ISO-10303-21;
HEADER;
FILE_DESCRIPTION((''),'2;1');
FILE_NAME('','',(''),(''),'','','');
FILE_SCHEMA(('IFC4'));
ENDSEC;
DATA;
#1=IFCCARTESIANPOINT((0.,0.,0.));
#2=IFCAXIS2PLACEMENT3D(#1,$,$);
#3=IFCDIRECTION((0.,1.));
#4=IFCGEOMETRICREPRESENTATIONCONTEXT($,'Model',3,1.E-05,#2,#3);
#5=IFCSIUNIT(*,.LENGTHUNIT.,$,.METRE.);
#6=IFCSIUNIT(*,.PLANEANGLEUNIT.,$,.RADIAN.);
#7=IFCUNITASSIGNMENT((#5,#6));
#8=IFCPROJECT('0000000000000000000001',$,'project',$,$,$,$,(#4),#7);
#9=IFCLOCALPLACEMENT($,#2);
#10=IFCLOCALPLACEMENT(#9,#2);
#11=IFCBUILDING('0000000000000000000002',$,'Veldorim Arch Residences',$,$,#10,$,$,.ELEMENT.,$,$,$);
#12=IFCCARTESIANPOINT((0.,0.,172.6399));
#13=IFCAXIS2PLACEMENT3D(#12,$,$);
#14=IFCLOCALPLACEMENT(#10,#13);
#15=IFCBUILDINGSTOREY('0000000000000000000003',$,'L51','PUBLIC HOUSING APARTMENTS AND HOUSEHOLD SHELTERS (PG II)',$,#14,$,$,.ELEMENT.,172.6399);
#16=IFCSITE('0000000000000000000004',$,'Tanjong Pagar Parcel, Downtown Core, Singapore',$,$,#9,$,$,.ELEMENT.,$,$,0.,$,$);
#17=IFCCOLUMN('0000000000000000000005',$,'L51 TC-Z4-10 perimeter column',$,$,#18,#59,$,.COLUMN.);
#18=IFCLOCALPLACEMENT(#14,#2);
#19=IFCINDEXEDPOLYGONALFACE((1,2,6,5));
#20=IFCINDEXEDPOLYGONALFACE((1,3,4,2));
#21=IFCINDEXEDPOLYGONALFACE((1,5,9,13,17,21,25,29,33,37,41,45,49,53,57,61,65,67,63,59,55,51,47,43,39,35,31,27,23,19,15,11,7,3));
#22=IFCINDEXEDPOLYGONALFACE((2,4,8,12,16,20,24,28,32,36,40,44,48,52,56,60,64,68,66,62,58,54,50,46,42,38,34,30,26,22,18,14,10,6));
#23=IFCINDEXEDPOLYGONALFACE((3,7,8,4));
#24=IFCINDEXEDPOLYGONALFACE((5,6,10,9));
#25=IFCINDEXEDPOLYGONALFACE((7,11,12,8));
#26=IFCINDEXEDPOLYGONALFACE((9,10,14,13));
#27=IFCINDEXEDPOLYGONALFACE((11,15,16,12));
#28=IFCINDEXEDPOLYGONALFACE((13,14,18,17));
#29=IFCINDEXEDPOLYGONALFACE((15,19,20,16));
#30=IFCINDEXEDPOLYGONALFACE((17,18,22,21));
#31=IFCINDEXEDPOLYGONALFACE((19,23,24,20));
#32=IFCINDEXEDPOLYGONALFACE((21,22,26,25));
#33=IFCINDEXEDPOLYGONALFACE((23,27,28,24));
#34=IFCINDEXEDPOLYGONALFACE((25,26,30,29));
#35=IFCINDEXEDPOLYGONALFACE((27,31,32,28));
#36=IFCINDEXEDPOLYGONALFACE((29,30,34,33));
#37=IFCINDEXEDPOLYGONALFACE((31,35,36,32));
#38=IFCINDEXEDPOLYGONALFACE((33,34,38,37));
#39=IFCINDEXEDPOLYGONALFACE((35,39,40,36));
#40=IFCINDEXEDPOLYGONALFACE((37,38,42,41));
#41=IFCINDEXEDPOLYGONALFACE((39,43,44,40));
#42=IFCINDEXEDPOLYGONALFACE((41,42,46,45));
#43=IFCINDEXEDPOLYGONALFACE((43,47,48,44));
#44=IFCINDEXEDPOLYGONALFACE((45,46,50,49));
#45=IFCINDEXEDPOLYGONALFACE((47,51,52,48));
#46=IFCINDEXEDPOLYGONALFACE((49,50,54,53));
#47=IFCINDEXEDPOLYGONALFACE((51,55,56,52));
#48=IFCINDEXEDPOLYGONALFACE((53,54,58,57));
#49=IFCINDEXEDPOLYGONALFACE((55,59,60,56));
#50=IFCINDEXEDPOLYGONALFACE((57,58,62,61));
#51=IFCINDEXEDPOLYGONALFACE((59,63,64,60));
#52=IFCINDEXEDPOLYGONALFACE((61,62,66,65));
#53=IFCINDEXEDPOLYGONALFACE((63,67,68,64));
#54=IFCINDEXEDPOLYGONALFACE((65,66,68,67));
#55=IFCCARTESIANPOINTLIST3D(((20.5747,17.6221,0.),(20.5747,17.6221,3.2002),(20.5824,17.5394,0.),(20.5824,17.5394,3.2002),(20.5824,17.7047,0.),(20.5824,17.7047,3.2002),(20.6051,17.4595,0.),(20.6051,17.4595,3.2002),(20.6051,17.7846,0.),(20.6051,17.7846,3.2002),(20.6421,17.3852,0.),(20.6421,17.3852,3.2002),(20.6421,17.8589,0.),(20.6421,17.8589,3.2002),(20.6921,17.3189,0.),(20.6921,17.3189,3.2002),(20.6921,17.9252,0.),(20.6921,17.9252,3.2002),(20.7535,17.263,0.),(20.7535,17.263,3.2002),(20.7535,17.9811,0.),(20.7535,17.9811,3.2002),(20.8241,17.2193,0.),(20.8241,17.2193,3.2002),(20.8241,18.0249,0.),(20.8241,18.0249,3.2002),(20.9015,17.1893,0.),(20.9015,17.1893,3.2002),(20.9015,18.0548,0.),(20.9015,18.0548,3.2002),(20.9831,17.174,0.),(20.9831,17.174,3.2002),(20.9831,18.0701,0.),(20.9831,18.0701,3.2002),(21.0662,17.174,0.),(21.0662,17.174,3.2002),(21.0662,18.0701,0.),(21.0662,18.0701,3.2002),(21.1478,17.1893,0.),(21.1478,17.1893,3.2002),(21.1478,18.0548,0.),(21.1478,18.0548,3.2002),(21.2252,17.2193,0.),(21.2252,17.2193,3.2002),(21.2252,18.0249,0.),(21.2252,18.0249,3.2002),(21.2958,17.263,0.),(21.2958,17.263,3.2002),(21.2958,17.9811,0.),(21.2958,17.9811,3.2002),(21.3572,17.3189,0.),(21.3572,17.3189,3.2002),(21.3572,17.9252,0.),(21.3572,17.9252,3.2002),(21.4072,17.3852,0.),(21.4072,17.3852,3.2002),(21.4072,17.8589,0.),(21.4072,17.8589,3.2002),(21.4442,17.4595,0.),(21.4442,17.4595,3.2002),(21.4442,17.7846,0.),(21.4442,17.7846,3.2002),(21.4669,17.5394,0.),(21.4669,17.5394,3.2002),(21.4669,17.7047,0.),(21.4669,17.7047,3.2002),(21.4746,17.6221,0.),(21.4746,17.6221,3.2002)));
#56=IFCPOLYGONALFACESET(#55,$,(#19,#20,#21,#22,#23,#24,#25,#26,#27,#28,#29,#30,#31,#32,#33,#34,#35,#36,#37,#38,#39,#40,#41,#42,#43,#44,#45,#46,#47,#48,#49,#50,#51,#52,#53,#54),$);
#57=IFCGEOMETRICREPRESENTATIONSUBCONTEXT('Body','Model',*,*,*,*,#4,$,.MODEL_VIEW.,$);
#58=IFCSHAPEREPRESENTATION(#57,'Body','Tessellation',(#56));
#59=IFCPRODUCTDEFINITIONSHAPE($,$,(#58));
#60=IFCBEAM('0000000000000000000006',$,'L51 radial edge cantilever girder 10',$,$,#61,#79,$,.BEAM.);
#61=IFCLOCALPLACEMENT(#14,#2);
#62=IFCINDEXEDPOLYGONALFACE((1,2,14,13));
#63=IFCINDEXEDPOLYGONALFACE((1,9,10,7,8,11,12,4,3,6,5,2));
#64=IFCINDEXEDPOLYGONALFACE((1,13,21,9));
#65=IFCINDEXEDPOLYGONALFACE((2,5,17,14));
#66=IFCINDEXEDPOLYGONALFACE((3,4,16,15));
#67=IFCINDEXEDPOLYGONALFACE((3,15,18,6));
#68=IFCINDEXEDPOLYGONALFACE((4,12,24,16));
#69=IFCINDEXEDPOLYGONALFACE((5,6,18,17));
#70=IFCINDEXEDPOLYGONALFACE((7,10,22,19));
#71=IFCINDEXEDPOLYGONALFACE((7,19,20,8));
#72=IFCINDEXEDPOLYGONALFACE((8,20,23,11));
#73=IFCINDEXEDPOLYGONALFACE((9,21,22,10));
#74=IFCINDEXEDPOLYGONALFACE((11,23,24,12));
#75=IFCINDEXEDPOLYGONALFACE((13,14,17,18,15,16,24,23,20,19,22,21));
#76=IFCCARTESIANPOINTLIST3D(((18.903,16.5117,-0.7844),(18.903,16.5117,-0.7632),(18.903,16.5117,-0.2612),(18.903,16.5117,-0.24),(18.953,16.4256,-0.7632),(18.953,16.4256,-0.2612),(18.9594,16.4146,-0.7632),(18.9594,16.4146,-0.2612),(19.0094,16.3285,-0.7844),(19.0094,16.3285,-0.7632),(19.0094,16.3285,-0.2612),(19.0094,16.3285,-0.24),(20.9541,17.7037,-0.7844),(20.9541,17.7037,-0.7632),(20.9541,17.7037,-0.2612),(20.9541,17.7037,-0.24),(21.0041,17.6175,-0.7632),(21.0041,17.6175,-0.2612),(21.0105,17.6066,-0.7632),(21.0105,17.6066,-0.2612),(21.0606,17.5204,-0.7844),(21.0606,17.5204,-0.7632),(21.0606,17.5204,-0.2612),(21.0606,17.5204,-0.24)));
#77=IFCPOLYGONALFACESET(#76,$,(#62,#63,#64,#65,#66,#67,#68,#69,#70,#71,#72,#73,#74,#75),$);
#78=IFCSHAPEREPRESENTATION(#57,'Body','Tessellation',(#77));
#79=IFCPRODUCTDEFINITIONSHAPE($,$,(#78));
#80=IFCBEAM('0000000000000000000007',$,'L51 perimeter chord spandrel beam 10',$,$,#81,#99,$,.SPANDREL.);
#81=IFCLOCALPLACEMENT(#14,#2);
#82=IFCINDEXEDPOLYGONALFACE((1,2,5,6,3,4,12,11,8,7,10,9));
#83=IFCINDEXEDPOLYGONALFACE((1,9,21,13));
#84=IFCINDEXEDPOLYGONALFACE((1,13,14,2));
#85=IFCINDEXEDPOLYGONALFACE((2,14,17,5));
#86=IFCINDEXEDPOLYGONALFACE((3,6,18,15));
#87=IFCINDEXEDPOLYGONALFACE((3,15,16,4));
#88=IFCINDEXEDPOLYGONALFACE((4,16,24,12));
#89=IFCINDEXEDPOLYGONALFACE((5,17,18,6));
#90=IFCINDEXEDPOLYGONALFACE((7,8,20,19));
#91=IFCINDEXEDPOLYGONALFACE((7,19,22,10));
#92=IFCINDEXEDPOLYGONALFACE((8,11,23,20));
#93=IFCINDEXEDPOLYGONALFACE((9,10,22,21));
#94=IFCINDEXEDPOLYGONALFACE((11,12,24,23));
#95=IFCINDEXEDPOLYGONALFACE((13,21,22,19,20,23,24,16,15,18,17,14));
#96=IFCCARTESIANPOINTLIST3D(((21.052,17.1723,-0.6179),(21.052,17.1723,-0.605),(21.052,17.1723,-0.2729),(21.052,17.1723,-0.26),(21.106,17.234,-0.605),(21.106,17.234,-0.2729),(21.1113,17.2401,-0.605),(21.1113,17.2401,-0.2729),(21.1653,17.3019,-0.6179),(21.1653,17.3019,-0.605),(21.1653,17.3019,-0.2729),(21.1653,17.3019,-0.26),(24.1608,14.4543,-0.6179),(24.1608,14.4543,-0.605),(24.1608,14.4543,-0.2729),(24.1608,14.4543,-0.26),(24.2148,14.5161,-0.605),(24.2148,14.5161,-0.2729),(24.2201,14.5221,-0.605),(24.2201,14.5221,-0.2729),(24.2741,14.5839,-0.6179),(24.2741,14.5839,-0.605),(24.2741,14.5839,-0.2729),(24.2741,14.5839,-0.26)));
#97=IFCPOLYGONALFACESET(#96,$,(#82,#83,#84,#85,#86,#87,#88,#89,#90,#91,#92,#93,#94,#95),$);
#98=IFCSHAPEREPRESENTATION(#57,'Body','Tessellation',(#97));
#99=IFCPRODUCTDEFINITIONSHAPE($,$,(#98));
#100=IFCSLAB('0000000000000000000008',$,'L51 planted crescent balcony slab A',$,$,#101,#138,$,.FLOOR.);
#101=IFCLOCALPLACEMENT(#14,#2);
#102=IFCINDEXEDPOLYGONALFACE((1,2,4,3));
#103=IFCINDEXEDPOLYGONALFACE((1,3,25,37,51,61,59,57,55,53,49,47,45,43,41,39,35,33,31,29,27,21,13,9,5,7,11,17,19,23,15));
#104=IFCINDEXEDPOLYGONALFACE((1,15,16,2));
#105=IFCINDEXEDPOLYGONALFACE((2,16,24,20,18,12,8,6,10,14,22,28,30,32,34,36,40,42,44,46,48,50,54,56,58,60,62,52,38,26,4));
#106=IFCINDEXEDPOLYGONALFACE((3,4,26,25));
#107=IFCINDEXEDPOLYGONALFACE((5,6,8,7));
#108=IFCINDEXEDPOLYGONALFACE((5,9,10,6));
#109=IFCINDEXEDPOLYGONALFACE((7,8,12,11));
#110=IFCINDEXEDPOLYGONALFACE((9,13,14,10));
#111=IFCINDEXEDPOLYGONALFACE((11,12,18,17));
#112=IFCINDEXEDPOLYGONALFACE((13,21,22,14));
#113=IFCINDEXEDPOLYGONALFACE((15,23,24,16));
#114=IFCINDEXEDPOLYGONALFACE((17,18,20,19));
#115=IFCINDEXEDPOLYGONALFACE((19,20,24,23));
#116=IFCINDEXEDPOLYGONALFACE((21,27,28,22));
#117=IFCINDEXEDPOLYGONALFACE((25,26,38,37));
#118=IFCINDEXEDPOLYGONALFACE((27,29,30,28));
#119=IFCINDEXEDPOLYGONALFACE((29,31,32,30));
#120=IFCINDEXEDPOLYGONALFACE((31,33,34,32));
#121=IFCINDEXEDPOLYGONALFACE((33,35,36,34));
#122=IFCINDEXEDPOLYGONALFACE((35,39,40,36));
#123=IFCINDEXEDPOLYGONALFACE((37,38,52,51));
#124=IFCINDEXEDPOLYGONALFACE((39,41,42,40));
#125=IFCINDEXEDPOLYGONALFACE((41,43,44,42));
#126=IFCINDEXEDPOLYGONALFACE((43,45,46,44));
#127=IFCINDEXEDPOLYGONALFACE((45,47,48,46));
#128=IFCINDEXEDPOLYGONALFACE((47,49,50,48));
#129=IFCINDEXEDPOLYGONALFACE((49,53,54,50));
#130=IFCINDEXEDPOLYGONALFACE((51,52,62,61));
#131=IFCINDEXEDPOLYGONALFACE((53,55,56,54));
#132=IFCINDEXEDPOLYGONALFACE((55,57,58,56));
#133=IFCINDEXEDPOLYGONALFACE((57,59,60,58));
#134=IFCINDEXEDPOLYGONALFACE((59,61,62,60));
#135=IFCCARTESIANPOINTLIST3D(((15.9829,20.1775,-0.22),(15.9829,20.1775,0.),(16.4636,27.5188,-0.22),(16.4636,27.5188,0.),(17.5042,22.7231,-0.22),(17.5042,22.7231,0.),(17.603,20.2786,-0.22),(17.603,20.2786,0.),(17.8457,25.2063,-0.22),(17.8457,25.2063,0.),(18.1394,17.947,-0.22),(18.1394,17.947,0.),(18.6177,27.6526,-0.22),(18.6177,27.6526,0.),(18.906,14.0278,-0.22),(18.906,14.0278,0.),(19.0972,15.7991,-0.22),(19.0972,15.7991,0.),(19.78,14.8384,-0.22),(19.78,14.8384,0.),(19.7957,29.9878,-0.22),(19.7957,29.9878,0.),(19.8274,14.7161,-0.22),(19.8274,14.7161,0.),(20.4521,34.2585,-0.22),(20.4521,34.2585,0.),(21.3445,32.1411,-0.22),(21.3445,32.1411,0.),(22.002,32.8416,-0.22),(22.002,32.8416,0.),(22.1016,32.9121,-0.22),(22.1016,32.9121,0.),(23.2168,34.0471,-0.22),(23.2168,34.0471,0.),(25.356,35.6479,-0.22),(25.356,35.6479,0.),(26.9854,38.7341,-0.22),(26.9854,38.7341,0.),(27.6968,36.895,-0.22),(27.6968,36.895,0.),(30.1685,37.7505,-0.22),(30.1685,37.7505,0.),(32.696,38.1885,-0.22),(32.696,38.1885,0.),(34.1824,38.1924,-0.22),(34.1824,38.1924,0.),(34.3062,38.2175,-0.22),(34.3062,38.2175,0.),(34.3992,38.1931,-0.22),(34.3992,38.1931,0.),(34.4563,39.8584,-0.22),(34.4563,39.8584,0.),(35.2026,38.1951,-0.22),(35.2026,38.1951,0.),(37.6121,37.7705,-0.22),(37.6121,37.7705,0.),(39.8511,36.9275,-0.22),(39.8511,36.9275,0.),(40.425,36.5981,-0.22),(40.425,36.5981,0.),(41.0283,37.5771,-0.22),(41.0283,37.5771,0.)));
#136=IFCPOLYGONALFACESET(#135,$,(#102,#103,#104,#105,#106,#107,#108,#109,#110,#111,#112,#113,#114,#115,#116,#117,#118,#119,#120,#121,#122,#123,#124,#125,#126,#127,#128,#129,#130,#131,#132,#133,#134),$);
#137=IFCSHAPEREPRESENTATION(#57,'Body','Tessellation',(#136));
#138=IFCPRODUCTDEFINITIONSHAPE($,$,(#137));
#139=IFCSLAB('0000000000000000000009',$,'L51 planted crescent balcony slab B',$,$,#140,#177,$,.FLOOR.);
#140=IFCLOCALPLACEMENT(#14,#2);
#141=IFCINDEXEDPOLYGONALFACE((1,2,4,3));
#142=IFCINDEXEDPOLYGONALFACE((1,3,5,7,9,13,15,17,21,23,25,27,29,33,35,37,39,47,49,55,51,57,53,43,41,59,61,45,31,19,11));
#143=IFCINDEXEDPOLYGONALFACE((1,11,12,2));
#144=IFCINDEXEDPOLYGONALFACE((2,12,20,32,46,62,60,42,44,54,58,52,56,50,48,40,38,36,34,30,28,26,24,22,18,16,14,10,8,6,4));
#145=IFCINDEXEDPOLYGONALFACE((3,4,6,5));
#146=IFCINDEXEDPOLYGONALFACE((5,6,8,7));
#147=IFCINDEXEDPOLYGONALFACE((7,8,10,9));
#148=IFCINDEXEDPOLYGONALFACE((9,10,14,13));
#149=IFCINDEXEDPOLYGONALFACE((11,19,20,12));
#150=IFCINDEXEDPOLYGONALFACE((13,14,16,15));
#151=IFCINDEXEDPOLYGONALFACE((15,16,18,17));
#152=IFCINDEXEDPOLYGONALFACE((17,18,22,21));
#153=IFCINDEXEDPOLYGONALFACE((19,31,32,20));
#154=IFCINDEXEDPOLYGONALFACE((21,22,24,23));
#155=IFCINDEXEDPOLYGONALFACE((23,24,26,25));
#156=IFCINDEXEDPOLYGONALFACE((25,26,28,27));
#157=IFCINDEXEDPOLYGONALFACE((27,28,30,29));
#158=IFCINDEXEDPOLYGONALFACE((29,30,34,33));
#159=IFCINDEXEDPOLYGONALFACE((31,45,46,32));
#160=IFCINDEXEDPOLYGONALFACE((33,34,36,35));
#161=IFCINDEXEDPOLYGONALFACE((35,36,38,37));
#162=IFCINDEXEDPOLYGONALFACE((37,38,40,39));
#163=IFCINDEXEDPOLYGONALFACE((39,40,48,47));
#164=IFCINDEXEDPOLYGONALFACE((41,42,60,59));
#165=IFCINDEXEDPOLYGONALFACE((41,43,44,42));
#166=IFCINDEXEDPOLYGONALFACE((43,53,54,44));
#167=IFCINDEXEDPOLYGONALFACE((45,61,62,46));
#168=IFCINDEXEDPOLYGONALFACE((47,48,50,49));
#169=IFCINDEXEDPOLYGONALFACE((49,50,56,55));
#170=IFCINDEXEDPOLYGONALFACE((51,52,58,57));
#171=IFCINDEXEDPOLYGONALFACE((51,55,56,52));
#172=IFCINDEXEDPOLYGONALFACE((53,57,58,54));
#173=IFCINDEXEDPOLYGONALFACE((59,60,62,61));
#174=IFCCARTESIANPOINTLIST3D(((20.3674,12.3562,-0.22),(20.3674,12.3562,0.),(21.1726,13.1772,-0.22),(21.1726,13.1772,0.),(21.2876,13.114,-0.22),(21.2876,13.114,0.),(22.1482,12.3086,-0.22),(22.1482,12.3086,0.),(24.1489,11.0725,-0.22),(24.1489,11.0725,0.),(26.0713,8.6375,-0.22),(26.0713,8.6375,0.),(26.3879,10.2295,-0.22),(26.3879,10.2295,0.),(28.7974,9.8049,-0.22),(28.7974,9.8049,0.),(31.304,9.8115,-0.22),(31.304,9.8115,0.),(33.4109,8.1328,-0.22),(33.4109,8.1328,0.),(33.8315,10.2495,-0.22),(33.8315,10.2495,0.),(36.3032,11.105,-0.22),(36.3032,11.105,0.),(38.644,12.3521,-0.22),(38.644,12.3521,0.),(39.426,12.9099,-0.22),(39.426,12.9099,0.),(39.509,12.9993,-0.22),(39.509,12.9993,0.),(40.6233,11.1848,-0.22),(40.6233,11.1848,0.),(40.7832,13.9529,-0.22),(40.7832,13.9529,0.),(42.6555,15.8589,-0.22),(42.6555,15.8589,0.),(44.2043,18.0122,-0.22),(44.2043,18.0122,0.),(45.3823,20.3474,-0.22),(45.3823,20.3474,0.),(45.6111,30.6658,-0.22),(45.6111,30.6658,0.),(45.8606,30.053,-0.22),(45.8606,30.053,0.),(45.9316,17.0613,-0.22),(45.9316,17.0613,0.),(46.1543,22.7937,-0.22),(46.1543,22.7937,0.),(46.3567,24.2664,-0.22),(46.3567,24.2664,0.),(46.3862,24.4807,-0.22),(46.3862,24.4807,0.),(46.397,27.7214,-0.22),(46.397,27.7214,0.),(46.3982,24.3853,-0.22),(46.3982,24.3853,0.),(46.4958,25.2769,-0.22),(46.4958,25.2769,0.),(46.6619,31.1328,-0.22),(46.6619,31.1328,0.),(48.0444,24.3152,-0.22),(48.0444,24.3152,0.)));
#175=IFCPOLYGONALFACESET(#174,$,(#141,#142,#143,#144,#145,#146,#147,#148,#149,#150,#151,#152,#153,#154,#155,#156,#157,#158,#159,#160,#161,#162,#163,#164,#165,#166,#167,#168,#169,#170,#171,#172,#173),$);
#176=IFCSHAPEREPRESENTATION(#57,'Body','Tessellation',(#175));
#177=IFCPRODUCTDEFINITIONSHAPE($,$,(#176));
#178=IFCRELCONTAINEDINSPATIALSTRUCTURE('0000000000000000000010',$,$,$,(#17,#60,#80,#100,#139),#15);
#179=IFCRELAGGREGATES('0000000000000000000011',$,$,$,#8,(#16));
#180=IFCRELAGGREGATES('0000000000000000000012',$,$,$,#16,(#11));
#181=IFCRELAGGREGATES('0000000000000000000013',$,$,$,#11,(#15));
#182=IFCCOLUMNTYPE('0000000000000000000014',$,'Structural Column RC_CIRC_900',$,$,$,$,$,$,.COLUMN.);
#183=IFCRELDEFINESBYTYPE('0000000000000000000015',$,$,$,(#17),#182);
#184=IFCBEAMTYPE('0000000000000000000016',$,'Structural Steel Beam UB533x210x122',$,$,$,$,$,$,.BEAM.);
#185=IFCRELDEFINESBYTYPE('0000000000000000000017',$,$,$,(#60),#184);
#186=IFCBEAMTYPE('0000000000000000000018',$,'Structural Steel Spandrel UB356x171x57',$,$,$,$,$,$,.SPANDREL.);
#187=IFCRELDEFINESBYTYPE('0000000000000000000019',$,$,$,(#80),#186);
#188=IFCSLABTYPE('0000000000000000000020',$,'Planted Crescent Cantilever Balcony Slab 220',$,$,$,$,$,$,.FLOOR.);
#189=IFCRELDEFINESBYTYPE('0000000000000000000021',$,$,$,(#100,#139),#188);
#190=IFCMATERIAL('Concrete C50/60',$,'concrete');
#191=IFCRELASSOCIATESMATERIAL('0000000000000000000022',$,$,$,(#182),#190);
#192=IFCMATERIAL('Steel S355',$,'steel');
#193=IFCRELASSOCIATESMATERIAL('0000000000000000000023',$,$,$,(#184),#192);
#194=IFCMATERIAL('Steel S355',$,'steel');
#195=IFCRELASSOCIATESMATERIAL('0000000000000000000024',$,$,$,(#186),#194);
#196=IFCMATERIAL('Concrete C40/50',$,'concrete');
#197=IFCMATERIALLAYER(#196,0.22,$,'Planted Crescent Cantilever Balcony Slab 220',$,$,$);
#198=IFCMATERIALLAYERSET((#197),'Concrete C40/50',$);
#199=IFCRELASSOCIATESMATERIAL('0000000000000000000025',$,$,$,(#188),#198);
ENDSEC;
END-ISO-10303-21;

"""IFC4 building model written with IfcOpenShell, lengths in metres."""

from ifc_helpers import new_model, si_unit, direction, frame, origin, origin_2d, place, context, subcontext, project, spatial, polyline, circle, i_section, outline, extrude, material, layer, layer_set, material_profile, profile_set, type_object, element, save


model = new_model("IFC4")

# Units and contexts
model_context = context("Model", 3, precision=1e-05, world=origin(), true_north=direction((0.0, 1.0)))
body_context = subcontext(model_context, "Body", "Model", "MODEL_VIEW")
ifc_project = project(units=[si_unit("LENGTHUNIT", "METRE"), si_unit("PLANEANGLEUNIT", "RADIAN")], contexts=[model_context])

# Site, building, storey
site_placement = place(None, origin())
site = spatial("IfcSite", under=ifc_project, at=site_placement, Name="Tanjong Pagar Parcel, Downtown Core, Singapore", CompositionType="ELEMENT", RefElevation=0.0)
building_placement = place(site_placement, origin())
building = spatial("IfcBuilding", under=site, at=building_placement, Name="Veldorim Arch Residences", CompositionType="ELEMENT")
storey_placement = place(building_placement, frame((0.0, 0.0, 172.6399)))
storey = spatial("IfcBuildingStorey", under=building, at=storey_placement, Name="L51", Description="PUBLIC HOUSING APARTMENTS AND HOUSEHOLD SHELTERS (PG II)", CompositionType="ELEMENT", Elevation=172.6399)

# Column
ifc_material_1 = material(Name="Concrete C50/60", Category="concrete")
ifc_material_profile_1 = material_profile(ifc_material_1, circle(Radius=0.45, at=origin_2d()), Name="RC_CIRC_900")
ifc_profile_set_1 = profile_set([ifc_material_profile_1], Name="Concrete C50/60")
column_type = type_object("IfcColumnType", Name="Structural Column RC_CIRC_900", PredefinedType="COLUMN", material=ifc_profile_set_1)
column_placement = place(storey_placement, frame((21.0247, 17.6221, 0.0), z_axis=(0.0, 0.0, 1.0), x_axis=(1.0, 0.0, 0.0)))
element("IfcColumn", 1, at=column_placement, inside=storey, type_object=column_type, Name="L51 TC-Z4-10 perimeter column", PredefinedType="COLUMN", context=body_context, shape_type="SweptSolid", body=[
    extrude(circle(Radius=0.45, at=origin_2d()), origin(), (0.0, 0.0, 1.0), 3.2002),
])

# Beams
ifc_material_2 = material(Name="Steel S355", Category="steel")
ifc_material_profile_2 = material_profile(ifc_material_2, i_section(OverallWidth=0.2119, OverallDepth=0.5444, WebThickness=0.0127, FlangeThickness=0.0212, at=origin_2d()), Name="UB533x210x122")
ifc_profile_set_2 = profile_set([ifc_material_profile_2], Name="Steel S355")
beam_type_1 = type_object("IfcBeamType", Name="Structural Steel Beam UB533x210x122", PredefinedType="BEAM", material=ifc_profile_set_2)
beam_1_placement = place(storey_placement, frame((21.0073, 17.6121, -0.5122), z_axis=(-0.86461, -0.502443, 0.0), x_axis=(0.502443, -0.86461, 0.0)))
element("IfcBeam", 2, at=beam_1_placement, inside=storey, type_object=beam_type_1, Name="L51 radial edge cantilever girder 10", PredefinedType="BEAM", context=body_context, shape_type="SweptSolid", body=[
    extrude(i_section(OverallWidth=0.2119, OverallDepth=0.5444, WebThickness=0.0127, FlangeThickness=0.0212, at=origin_2d()), origin(), (0.0, 0.0, 1.0), 2.3723),
])
ifc_material_3 = material(Name="Steel S355", Category="steel")
ifc_material_profile_3 = material_profile(ifc_material_3, i_section(OverallWidth=0.1721, OverallDepth=0.3579, WebThickness=0.0081, FlangeThickness=0.0129, at=origin_2d()), Name="UB356x171x57")
ifc_profile_set_3 = profile_set([ifc_material_profile_3], Name="Steel S355")
beam_type_2 = type_object("IfcBeamType", Name="Structural Steel Spandrel UB356x171x57", PredefinedType="SPANDREL", material=ifc_profile_set_3)
beam_2_placement = place(storey_placement, frame((21.1086, 17.2371, -0.439), z_axis=(0.752848, -0.658195, 0.0), x_axis=(0.658195, 0.752848, 0.0)))
element("IfcBeam", 3, at=beam_2_placement, inside=storey, type_object=beam_type_2, Name="L51 perimeter chord spandrel beam 10", PredefinedType="SPANDREL", context=body_context, shape_type="SweptSolid", body=[
    extrude(i_section(OverallWidth=0.1721, OverallDepth=0.3579, WebThickness=0.0081, FlangeThickness=0.0129, at=origin_2d()), origin(), (0.0, 0.0, 1.0), 4.1294),
])

# Slabs
ifc_material_4 = material(Name="Concrete C40/50", Category="concrete")
ifc_layer_1 = layer(ifc_material_4, 0.22, Name="Planted Crescent Cantilever Balcony Slab 220")
ifc_layer_set_1 = layer_set([ifc_layer_1], Name="Concrete C40/50")
slab_type_1 = type_object("IfcSlabType", Name="Planted Crescent Cantilever Balcony Slab 220", PredefinedType="FLOOR", material=ifc_layer_set_1)
slab_1_placement = place(storey_placement, frame((0.0, 0.0, -0.22)))
element("IfcSlab", 4, at=slab_1_placement, inside=storey, type_object=slab_type_1, Name="L51 planted crescent balcony slab A", PredefinedType="FLOOR", context=body_context, shape_type="SweptSolid", body=[
    extrude(outline(polyline([(40.425, 36.5981), (39.8511, 36.9275), (37.6121, 37.7705), (35.2026, 38.1951), (34.3992, 38.1931), (34.3062, 38.2175), (34.1824, 38.1924), (32.696, 38.1885), (30.1685, 37.7505), (27.6968, 36.895), (25.356, 35.6479), (23.2168, 34.0471), (22.1016, 32.9121), (22.002, 32.8416), (21.3445, 32.1411), (19.7957, 29.9878), (18.6177, 27.6526), (17.8457, 25.2063), (17.5042, 22.7231), (17.603, 20.2786), (18.1394, 17.947), (19.0972, 15.7991), (19.78, 14.8384), (19.8274, 14.7161), (18.906, 14.0278), (15.9829, 20.1775), (16.4636, 27.5188), (20.4521, 34.2585), (26.9854, 38.7341), (34.4563, 39.8584), (41.0283, 37.5771), (40.425, 36.5981)])), origin(), (0.0, 0.0, 1.0), 0.22),
])
slab_2_placement = place(storey_placement, frame((0.0, 0.0, -0.22)))
element("IfcSlab", 5, at=slab_2_placement, inside=storey, type_object=slab_type_1, Name="L51 planted crescent balcony slab B", PredefinedType="FLOOR", context=body_context, shape_type="SweptSolid", body=[
    extrude(outline(polyline([(21.2876, 13.114), (22.1482, 12.3086), (24.1489, 11.0725), (26.3879, 10.2295), (28.7974, 9.8049), (31.304, 9.8115), (33.8315, 10.2495), (36.3032, 11.105), (38.644, 12.3521), (39.426, 12.9099), (39.509, 12.9993), (40.7832, 13.9529), (42.6555, 15.8589), (44.2043, 18.0122), (45.3823, 20.3474), (46.1543, 22.7937), (46.3567, 24.2664), (46.3982, 24.3853), (46.3862, 24.4807), (46.4958, 25.2769), (46.397, 27.7214), (45.8606, 30.053), (45.6111, 30.6658), (46.6619, 31.1328), (48.0444, 24.3152), (45.9316, 17.0613), (40.6233, 11.1848), (33.4109, 8.1328), (26.0713, 8.6375), (20.3674, 12.3562), (21.1726, 13.1772), (21.2876, 13.114)])), origin(), (0.0, 0.0, 1.0), 0.22),
])

save(model, "model.ifc")
